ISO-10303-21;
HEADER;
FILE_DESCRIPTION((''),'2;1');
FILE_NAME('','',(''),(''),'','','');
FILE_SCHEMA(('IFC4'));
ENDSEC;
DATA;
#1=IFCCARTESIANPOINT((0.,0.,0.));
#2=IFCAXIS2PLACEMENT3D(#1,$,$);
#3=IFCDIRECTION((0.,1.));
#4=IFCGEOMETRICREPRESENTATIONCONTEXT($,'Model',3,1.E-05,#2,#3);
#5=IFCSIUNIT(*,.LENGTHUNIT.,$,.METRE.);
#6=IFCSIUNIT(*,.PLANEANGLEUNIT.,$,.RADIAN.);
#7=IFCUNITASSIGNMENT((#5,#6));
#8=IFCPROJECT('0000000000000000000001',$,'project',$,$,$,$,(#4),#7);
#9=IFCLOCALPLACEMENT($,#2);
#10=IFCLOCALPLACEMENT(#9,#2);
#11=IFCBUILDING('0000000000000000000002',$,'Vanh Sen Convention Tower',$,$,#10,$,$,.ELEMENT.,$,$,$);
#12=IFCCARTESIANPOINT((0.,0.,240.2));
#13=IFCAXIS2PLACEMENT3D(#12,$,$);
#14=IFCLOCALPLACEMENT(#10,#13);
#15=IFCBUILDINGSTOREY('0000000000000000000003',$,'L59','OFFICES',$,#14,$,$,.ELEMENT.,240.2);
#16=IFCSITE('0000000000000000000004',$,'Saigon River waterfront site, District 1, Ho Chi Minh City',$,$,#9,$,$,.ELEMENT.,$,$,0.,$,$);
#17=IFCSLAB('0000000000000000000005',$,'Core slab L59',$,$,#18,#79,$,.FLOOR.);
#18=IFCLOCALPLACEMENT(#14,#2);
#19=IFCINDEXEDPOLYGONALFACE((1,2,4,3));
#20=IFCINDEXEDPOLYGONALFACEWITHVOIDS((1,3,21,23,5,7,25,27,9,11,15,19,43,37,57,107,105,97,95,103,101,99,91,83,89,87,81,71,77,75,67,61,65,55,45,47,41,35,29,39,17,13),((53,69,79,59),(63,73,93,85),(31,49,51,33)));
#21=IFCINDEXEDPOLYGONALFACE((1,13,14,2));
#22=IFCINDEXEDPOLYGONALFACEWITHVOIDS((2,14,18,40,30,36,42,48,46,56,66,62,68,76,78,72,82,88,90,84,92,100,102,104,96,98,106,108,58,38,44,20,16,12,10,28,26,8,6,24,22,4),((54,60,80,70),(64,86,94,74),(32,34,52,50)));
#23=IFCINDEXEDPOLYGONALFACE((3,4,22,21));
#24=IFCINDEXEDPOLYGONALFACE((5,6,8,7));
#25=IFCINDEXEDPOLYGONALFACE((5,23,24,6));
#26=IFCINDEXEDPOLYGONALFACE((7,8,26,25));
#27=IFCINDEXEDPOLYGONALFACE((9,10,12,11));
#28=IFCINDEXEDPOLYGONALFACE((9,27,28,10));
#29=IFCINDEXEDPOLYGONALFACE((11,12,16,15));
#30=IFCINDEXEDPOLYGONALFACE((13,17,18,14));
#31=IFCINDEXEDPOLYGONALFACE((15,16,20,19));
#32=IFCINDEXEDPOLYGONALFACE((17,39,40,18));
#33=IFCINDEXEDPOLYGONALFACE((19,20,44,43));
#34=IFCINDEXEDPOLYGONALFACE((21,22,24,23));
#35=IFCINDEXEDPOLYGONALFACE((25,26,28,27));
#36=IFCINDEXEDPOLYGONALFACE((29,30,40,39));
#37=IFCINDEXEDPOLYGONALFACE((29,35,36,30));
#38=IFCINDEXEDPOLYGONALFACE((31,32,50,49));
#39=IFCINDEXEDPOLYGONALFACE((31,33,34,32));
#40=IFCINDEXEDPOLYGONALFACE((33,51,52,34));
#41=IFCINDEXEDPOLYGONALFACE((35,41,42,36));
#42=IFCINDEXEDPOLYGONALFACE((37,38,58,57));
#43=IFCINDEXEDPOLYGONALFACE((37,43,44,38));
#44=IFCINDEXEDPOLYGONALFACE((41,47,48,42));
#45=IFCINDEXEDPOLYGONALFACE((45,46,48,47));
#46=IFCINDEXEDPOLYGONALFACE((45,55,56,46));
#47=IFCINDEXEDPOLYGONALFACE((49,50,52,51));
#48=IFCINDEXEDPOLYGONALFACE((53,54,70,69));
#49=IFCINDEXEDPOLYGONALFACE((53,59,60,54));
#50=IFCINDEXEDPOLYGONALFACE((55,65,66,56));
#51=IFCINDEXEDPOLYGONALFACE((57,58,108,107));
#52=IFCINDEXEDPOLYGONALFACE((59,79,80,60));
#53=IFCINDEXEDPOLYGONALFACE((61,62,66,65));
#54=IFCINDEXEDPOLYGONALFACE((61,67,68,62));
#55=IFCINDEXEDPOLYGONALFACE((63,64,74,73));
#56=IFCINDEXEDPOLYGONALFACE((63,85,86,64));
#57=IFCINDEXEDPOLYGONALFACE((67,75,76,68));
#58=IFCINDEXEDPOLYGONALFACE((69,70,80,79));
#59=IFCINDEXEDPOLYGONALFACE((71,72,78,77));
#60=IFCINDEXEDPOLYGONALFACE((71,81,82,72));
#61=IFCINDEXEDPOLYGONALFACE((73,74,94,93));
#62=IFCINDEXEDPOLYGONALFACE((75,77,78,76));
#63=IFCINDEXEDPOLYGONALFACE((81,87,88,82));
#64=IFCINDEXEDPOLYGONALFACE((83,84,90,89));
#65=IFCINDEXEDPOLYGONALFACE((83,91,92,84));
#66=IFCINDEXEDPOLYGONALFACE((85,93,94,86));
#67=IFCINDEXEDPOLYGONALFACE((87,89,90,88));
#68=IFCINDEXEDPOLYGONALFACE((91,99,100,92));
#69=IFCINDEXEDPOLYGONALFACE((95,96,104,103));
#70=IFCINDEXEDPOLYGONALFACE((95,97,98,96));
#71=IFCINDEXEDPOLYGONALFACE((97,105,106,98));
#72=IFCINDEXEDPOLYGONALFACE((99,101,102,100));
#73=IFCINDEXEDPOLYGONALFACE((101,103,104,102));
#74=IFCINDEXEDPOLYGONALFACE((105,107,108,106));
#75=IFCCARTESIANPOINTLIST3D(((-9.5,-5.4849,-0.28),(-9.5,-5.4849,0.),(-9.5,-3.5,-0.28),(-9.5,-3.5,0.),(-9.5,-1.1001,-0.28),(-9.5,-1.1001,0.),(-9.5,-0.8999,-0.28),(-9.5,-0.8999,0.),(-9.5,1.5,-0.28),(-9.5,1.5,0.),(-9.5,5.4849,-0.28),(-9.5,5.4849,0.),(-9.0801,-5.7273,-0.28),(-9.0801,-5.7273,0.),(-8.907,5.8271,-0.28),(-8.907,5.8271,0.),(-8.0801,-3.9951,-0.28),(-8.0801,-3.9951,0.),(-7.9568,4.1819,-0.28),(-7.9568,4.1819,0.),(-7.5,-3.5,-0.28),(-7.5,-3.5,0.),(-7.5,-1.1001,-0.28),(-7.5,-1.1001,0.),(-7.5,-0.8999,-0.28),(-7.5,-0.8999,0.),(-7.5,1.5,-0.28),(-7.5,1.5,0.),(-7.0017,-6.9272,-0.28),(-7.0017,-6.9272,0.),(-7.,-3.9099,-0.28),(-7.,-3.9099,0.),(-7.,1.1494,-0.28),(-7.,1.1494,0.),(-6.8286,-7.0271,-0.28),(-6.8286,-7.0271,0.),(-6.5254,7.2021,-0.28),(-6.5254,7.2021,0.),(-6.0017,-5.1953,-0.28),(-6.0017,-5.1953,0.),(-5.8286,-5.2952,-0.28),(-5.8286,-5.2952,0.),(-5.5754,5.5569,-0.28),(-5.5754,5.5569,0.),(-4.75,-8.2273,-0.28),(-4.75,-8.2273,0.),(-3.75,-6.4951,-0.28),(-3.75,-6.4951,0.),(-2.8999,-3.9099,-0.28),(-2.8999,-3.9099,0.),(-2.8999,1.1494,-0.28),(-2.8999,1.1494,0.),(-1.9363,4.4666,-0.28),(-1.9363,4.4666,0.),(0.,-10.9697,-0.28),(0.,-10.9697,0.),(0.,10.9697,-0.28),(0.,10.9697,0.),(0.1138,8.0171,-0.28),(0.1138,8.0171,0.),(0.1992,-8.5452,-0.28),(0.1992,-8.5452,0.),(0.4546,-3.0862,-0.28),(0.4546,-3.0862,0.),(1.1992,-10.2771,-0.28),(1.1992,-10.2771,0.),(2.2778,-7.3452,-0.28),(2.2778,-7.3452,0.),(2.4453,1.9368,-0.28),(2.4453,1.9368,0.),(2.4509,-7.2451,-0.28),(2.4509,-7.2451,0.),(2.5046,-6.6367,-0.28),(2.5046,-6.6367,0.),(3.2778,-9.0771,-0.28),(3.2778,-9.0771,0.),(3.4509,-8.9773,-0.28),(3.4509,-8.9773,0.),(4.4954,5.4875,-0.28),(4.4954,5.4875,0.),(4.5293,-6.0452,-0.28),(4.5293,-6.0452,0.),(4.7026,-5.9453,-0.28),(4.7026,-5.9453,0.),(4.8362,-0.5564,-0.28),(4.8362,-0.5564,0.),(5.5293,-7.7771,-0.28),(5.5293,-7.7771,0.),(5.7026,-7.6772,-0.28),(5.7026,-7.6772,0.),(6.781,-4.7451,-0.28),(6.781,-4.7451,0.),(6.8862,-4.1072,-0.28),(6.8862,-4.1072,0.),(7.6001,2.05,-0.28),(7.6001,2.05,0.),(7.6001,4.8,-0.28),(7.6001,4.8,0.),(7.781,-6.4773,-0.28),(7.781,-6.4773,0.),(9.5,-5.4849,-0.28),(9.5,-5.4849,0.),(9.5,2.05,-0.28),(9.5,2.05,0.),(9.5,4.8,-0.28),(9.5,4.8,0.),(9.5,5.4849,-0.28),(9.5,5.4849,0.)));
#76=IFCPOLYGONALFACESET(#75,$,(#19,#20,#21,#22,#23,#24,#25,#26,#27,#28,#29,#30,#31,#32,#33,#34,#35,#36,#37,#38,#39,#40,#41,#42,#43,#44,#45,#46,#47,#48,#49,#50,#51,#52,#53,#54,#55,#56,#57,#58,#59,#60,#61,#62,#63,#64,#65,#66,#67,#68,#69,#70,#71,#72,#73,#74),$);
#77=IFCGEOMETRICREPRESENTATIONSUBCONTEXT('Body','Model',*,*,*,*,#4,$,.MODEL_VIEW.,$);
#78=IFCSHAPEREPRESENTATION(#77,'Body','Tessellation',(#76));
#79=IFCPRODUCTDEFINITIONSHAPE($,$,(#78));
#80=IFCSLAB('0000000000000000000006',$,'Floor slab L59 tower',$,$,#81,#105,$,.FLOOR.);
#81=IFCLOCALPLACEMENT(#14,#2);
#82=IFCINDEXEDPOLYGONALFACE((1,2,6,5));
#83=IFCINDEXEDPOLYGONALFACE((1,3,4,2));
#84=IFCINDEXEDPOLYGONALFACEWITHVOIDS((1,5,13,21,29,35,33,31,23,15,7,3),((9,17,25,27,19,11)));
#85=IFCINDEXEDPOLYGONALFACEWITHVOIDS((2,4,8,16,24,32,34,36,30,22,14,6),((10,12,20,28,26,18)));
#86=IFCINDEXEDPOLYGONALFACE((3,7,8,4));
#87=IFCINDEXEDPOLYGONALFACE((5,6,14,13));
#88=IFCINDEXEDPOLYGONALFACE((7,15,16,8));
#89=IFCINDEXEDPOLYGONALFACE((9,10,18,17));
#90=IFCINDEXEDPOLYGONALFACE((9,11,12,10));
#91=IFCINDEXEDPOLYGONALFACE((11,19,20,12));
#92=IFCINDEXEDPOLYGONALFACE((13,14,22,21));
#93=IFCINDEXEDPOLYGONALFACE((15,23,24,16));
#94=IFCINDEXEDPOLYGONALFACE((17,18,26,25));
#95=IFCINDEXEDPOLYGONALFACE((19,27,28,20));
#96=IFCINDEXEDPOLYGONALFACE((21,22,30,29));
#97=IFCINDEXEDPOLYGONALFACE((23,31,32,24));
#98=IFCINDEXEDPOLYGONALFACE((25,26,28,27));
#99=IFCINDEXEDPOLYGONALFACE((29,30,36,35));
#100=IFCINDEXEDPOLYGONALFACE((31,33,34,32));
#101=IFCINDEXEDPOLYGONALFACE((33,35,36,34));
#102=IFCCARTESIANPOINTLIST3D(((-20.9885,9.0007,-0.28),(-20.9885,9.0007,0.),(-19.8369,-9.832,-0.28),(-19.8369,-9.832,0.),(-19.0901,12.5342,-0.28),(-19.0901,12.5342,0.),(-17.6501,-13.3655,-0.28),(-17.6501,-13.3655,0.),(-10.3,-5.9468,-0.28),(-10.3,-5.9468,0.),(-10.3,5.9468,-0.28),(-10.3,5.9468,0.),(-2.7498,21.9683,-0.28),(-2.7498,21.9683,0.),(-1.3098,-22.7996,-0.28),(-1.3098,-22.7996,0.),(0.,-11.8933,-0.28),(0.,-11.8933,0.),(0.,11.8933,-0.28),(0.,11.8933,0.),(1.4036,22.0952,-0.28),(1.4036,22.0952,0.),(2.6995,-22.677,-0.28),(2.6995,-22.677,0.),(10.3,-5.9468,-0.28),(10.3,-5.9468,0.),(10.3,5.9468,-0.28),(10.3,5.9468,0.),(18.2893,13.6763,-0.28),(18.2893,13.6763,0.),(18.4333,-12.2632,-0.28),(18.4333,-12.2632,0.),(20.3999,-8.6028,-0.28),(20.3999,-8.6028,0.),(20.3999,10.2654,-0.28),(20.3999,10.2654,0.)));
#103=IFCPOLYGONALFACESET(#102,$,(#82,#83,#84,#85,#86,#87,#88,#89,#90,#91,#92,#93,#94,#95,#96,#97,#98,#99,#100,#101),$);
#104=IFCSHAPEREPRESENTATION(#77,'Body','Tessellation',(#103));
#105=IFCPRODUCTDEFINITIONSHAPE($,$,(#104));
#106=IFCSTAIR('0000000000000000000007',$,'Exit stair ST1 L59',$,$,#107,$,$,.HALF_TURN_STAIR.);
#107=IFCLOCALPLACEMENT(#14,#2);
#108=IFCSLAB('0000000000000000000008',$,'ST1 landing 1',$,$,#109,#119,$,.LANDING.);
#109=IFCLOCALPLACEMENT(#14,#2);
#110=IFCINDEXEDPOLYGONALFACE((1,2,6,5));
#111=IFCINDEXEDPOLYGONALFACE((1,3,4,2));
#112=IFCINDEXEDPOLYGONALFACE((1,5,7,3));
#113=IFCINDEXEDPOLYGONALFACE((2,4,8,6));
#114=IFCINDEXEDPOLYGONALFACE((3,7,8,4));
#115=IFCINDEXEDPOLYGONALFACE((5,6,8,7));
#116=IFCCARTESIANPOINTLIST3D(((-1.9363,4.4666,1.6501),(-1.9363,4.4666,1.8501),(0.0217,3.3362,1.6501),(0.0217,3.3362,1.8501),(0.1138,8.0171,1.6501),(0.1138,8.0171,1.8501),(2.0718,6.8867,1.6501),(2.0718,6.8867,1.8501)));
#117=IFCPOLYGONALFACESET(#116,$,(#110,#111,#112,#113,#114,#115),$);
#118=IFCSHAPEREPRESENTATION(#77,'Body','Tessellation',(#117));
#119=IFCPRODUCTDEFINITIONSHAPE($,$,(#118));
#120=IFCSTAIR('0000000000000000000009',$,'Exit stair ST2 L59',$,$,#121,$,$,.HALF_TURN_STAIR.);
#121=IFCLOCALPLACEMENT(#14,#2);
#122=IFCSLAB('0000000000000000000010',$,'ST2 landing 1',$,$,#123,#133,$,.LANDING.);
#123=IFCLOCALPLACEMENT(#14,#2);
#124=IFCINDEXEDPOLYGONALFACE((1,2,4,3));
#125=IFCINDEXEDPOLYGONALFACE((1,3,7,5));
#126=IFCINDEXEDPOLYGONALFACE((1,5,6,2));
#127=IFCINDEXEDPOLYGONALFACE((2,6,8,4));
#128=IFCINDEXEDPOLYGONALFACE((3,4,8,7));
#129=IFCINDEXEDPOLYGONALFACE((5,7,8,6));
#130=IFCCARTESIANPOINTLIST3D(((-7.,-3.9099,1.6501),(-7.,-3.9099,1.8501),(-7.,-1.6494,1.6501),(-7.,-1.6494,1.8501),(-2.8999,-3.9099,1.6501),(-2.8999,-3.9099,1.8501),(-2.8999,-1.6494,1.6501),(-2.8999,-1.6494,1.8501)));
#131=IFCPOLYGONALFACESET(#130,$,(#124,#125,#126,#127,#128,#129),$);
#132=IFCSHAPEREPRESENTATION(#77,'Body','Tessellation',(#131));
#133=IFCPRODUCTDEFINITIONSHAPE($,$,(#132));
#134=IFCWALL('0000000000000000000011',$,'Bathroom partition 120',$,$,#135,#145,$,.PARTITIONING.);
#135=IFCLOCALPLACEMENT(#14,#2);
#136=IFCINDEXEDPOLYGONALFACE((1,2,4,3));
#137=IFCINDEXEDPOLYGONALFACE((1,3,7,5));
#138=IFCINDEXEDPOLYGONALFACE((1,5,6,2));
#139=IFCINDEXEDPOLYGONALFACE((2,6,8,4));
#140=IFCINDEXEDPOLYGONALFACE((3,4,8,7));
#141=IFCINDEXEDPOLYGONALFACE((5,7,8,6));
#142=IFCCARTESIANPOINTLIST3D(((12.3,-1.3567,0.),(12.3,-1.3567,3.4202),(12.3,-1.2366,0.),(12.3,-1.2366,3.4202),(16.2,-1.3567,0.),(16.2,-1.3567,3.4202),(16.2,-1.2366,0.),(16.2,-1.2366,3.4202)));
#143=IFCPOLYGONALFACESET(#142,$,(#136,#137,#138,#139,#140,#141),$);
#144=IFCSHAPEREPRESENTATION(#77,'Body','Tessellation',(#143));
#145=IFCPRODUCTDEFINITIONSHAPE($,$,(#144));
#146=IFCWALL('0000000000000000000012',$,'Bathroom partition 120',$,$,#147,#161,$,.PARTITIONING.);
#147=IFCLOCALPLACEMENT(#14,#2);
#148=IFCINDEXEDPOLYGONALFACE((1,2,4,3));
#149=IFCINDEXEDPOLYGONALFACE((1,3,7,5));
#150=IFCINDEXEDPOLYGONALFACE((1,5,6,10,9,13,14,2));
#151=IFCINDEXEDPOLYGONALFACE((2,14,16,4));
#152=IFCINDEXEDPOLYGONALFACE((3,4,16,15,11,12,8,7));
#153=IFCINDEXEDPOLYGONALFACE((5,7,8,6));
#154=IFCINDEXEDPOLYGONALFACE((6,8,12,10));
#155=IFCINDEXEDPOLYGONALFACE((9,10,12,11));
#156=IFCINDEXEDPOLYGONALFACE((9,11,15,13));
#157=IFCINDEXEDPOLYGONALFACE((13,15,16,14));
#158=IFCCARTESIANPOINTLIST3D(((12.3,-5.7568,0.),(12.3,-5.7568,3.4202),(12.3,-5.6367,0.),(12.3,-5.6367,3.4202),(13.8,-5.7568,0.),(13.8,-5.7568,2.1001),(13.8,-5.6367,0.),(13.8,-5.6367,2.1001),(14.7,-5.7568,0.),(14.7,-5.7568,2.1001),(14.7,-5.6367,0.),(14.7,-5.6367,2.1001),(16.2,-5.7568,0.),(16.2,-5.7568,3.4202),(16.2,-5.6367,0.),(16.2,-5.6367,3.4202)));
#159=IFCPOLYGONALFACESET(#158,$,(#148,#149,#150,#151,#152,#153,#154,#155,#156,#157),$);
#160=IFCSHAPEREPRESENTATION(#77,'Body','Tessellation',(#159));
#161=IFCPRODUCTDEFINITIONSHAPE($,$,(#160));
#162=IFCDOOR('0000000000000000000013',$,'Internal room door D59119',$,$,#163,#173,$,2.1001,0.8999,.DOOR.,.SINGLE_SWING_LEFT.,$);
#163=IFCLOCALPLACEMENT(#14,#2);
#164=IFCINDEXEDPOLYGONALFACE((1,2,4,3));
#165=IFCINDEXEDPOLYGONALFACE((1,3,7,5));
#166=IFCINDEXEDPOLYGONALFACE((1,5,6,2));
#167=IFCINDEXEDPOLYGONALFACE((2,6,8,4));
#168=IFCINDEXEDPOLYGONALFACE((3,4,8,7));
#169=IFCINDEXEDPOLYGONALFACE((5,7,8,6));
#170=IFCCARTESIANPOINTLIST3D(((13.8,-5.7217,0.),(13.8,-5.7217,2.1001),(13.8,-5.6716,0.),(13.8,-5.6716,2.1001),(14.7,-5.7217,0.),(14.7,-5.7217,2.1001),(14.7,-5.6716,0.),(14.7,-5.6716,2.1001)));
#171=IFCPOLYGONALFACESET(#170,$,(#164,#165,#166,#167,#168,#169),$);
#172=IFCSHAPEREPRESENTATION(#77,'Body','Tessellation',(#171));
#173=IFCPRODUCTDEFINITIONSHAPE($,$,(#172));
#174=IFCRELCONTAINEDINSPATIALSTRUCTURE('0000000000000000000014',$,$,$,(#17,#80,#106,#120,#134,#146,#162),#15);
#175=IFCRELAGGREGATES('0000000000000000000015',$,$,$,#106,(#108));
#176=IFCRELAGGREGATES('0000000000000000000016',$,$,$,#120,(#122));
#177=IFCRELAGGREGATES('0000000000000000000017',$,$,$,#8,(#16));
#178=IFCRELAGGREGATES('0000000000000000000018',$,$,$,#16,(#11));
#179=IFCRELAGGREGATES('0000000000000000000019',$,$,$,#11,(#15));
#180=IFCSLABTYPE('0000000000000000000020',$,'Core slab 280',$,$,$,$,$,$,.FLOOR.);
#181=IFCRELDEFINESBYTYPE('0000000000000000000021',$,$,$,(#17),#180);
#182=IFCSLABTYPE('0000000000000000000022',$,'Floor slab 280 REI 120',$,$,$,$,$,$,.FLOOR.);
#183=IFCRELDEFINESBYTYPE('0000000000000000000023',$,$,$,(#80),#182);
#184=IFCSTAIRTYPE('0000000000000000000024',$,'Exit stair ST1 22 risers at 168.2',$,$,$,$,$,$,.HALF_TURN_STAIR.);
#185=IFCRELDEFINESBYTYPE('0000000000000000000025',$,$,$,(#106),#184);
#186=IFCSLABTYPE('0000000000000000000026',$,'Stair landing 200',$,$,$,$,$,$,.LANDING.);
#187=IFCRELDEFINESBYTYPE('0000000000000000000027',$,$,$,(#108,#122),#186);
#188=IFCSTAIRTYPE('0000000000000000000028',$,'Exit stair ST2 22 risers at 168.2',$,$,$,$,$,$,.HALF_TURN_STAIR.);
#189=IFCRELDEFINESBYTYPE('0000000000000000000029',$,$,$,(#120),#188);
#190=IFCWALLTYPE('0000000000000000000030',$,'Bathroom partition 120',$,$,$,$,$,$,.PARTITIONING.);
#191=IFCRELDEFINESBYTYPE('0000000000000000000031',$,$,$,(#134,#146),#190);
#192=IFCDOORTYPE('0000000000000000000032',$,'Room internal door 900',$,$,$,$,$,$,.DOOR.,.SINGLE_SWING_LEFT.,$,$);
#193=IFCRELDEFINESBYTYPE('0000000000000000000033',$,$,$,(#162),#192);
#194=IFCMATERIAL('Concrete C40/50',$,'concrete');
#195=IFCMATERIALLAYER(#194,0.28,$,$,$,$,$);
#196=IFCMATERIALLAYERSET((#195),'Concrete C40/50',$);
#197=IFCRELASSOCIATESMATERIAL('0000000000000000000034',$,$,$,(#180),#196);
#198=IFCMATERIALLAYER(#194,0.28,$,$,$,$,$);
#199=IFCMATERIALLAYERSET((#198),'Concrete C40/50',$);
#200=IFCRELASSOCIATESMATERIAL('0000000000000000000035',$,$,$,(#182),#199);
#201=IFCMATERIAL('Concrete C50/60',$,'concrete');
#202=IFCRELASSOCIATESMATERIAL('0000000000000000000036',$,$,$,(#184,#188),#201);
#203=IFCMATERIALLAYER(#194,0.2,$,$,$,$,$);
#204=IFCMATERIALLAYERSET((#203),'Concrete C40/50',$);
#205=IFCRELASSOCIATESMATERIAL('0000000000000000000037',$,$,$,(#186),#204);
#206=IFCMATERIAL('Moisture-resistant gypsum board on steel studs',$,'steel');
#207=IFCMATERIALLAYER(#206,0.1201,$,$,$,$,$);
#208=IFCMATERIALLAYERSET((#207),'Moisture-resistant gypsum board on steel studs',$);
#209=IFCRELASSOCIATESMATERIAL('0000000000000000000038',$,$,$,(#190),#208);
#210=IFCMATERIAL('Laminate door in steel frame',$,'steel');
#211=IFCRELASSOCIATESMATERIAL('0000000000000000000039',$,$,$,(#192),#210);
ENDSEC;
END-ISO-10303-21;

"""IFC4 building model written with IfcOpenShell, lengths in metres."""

from ifc_helpers import new_model, si_unit, direction, frame, frame_2d, origin, place, context, subcontext, project, spatial, polyline, rectangle, outline, extrude, material, layer, layer_set, type_object, element, fill, aggregate, save


model = new_model("IFC4")

# Units and contexts
model_context = context("Model", 3, precision=1e-05, world=origin(), true_north=direction((0.0, 1.0)))
body_context = subcontext(model_context, "Body", "Model", "MODEL_VIEW")
ifc_project = project(units=[si_unit("LENGTHUNIT", "METRE"), si_unit("PLANEANGLEUNIT", "RADIAN")], contexts=[model_context])

# Site, building, storey
site_placement = place(None, origin())
site = spatial("IfcSite", under=ifc_project, at=site_placement, Name="Saigon River waterfront site, District 1, Ho Chi Minh City", CompositionType="ELEMENT", RefElevation=0.0)
building_placement = place(site_placement, origin())
building = spatial("IfcBuilding", under=site, at=building_placement, Name="Vanh Sen Convention Tower", CompositionType="ELEMENT")
storey_placement = place(building_placement, frame((0.0, 0.0, 240.2)))
storey = spatial("IfcBuildingStorey", under=building, at=storey_placement, Name="L59", Description="OFFICES", CompositionType="ELEMENT", Elevation=240.2)

# Slabs
ifc_material_1 = material(Name="Concrete C40/50", Category="concrete")
ifc_layer_1 = layer(ifc_material_1, 0.28)
ifc_layer_set_1 = layer_set([ifc_layer_1], Name="Concrete C40/50")
slab_type_1 = type_object("IfcSlabType", Name="Core slab 280", PredefinedType="FLOOR", material=ifc_layer_set_1)
slab_1_placement = place(storey_placement, frame((0.0, 0.0, -0.28)))
element("IfcSlab", 1, at=slab_1_placement, inside=storey, type_object=slab_type_1, Name="Core slab L59", PredefinedType="FLOOR", context=body_context, shape_type="SweptSolid", body=[
    extrude(outline(polyline([(0.0, 10.9697), (9.5, 5.4849), (9.5, 4.8), (7.6001, 4.8), (7.6001, 2.05), (9.5, 2.05), (9.5, -5.4849), (7.781, -6.4773), (6.781, -4.7451), (4.7026, -5.9453), (5.7026, -7.6772), (5.5293, -7.7771), (4.5293, -6.0452), (2.4509, -7.2451), (3.4509, -8.9773), (3.2778, -9.0771), (2.2778, -7.3452), (0.1992, -8.5452), (1.1992, -10.2771), (0.0, -10.9697), (-4.75, -8.2273), (-3.75, -6.4951), (-5.8286, -5.2952), (-6.8286, -7.0271), (-7.0017, -6.9272), (-6.0017, -5.1953), (-8.0801, -3.9951), (-9.0801, -5.7273), (-9.5, -5.4849), (-9.5, -3.5), (-7.5, -3.5), (-7.5, -1.1001), (-9.5, -1.1001), (-9.5, -0.8999), (-7.5, -0.8999), (-7.5, 1.5), (-9.5, 1.5), (-9.5, 5.4849), (-8.907, 5.8271), (-7.9568, 4.1819), (-5.5754, 5.5569), (-6.5254, 7.2021), (0.0, 10.9697)]), holes=[polyline([(-7.0, 1.1494), (-7.0, -3.9099), (-2.8999, -3.9099), (-2.8999, 1.1494), (-7.0, 1.1494)]), polyline([(2.5046, -6.6367), (6.8862, -4.1072), (4.8362, -0.5564), (0.4546, -3.0862), (2.5046, -6.6367)]), polyline([(0.1138, 8.0171), (-1.9363, 4.4666), (2.4453, 1.9368), (4.4954, 5.4875), (0.1138, 8.0171)])]), origin(), (0.0, 0.0, 1.0), 0.28),
])
ifc_layer_2 = layer(ifc_material_1, 0.28)
ifc_layer_set_2 = layer_set([ifc_layer_2], Name="Concrete C40/50")
slab_type_2 = type_object("IfcSlabType", Name="Floor slab 280 REI 120", PredefinedType="FLOOR", material=ifc_layer_set_2)
slab_2_placement = place(storey_placement, frame((0.0, 0.0, -0.28)))
element("IfcSlab", 2, at=slab_2_placement, inside=storey, type_object=slab_type_2, Name="Floor slab L59 tower", PredefinedType="FLOOR", context=body_context, shape_type="SweptSolid", body=[
    extrude(outline(polyline([(20.3999, -8.6028), (20.3999, 10.2654), (18.2893, 13.6763), (1.4036, 22.0952), (-2.7498, 21.9683), (-19.0901, 12.5342), (-20.9885, 9.0007), (-19.8369, -9.832), (-17.6501, -13.3655), (-1.3098, -22.7996), (2.6995, -22.677), (18.4333, -12.2632), (20.3999, -8.6028)]), holes=[polyline([(0.0, 11.8933), (-10.3, 5.9468), (-10.3, -5.9468), (0.0, -11.8933), (10.3, -5.9468), (10.3, 5.9468), (0.0, 11.8933)])]), origin(), (0.0, 0.0, 1.0), 0.28),
])

# Stairs, slabs
ifc_material_2 = material(Name="Concrete C50/60", Category="concrete")
stair_type_1 = type_object("IfcStairType", Name="Exit stair ST1 22 risers at 168.2", PredefinedType="HALF_TURN_STAIR", material=ifc_material_2)
stair_1_placement = place(storey_placement, origin())
stair_1 = element("IfcStair", 3, at=stair_1_placement, inside=storey, type_object=stair_type_1, Name="Exit stair ST1 L59", PredefinedType="HALF_TURN_STAIR")
ifc_layer_3 = layer(ifc_material_1, 0.2)
ifc_layer_set_3 = layer_set([ifc_layer_3], Name="Concrete C40/50")
slab_type_3 = type_object("IfcSlabType", Name="Stair landing 200", PredefinedType="LANDING", material=ifc_layer_set_3)
slab_3_placement = place(storey_placement, frame((0.0, 0.0, 1.6501)))
slab_3 = element("IfcSlab", 4, at=slab_3_placement, type_object=slab_type_3, Name="ST1 landing 1", PredefinedType="LANDING", context=body_context, shape_type="SweptSolid", body=[
    extrude(outline(polyline([(2.0718, 6.8867), (0.1138, 8.0171), (-1.9363, 4.4666), (0.0217, 3.3362), (2.0718, 6.8867)])), origin(), (0.0, 0.0, 1.0), 0.2),
])
aggregate(stair_1, [slab_3])
stair_type_2 = type_object("IfcStairType", Name="Exit stair ST2 22 risers at 168.2", PredefinedType="HALF_TURN_STAIR", material=ifc_material_2)
stair_2_placement = place(storey_placement, origin())
stair_2 = element("IfcStair", 5, at=stair_2_placement, inside=storey, type_object=stair_type_2, Name="Exit stair ST2 L59", PredefinedType="HALF_TURN_STAIR")
slab_4_placement = place(storey_placement, frame((0.0, 0.0, 1.6501)))
slab_4 = element("IfcSlab", 6, at=slab_4_placement, type_object=slab_type_3, Name="ST2 landing 1", PredefinedType="LANDING", context=body_context, shape_type="SweptSolid", body=[
    extrude(outline(polyline([(-7.0, -1.6494), (-7.0, -3.9099), (-2.8999, -3.9099), (-2.8999, -1.6494), (-7.0, -1.6494)])), origin(), (0.0, 0.0, 1.0), 0.2),
])
aggregate(stair_2, [slab_4])

# Wall
ifc_material_3 = material(Name="Moisture-resistant gypsum board on steel studs", Category="steel")
ifc_layer_4 = layer(ifc_material_3, 0.1201)
ifc_layer_set_4 = layer_set([ifc_layer_4], Name="Moisture-resistant gypsum board on steel studs")
wall_type_1 = type_object("IfcWallType", Name="Bathroom partition 120", PredefinedType="PARTITIONING", material=ifc_layer_set_4)
wall_1_placement = place(storey_placement, frame((12.3, -1.2966, 0.0), z_axis=(0.0, 0.0, 1.0), x_axis=(1.0, 0.0, 0.0)))
element("IfcWall", 7, at=wall_1_placement, inside=storey, type_object=wall_type_1, Name="Bathroom partition 120", PredefinedType="PARTITIONING", context=body_context, shape_type="SweptSolid", body=[
    extrude(rectangle(XDim=3.8999, YDim=0.1201, at=frame_2d((1.95, 0.0))), origin(), (0.0, 0.0, 1.0), 3.4202),
])

# Wall, opening, door
wall_2_placement = place(storey_placement, frame((16.2, -5.6968, 0.0), z_axis=(0.0, 0.0, 1.0), x_axis=(-1.0, 0.0, 0.0)))
wall_2 = element("IfcWall", 8, at=wall_2_placement, inside=storey, type_object=wall_type_1, Name="Bathroom partition 120", PredefinedType="PARTITIONING", context=body_context, shape_type="SweptSolid", body=[
    extrude(rectangle(XDim=3.8999, YDim=0.1201, at=frame_2d((1.95, 0.0))), origin(), (0.0, 0.0, 1.0), 3.4202),
])
opening_1_placement = place(wall_2_placement, frame((1.5, 0.0, 0.0)))
opening_1 = element("IfcOpeningElement", 9, at=opening_1_placement, cuts=wall_2, PredefinedType="OPENING", context=body_context, shape_type="SweptSolid", body=[
    extrude(rectangle(XDim=0.8999, YDim=2.1001, at=frame_2d((0.45, 1.05))), frame((0.0, 0.0701, 0.0), z_axis=(0.0, -1.0, 0.0), x_axis=(1.0, 0.0, 0.0)), (0.0, 0.0, 1.0), 0.1401),
])
ifc_material_4 = material(Name="Laminate door in steel frame", Category="steel")
door_type_1 = type_object("IfcDoorType", Name="Room internal door 900", OperationType="SINGLE_SWING_LEFT", PredefinedType="DOOR", material=ifc_material_4)
door_1_placement = place(opening_1_placement, origin())
door_1 = element("IfcDoor", 10, at=door_1_placement, inside=storey, type_object=door_type_1, Name="Internal room door D59119", OperationType="SINGLE_SWING_LEFT", OverallHeight=2.1001, OverallWidth=0.8999, PredefinedType="DOOR", context=body_context, shape_type="SweptSolid", body=[
    extrude(rectangle(XDim=0.8999, YDim=2.1001, at=frame_2d((0.45, 1.05))), frame((0.0, 0.0249, 0.0), z_axis=(0.0, -1.0, 0.0), x_axis=(1.0, 0.0, 0.0)), (0.0, 0.0, 1.0), 0.05),
])
fill(opening_1, door_1)

save(model, "model.ifc")
